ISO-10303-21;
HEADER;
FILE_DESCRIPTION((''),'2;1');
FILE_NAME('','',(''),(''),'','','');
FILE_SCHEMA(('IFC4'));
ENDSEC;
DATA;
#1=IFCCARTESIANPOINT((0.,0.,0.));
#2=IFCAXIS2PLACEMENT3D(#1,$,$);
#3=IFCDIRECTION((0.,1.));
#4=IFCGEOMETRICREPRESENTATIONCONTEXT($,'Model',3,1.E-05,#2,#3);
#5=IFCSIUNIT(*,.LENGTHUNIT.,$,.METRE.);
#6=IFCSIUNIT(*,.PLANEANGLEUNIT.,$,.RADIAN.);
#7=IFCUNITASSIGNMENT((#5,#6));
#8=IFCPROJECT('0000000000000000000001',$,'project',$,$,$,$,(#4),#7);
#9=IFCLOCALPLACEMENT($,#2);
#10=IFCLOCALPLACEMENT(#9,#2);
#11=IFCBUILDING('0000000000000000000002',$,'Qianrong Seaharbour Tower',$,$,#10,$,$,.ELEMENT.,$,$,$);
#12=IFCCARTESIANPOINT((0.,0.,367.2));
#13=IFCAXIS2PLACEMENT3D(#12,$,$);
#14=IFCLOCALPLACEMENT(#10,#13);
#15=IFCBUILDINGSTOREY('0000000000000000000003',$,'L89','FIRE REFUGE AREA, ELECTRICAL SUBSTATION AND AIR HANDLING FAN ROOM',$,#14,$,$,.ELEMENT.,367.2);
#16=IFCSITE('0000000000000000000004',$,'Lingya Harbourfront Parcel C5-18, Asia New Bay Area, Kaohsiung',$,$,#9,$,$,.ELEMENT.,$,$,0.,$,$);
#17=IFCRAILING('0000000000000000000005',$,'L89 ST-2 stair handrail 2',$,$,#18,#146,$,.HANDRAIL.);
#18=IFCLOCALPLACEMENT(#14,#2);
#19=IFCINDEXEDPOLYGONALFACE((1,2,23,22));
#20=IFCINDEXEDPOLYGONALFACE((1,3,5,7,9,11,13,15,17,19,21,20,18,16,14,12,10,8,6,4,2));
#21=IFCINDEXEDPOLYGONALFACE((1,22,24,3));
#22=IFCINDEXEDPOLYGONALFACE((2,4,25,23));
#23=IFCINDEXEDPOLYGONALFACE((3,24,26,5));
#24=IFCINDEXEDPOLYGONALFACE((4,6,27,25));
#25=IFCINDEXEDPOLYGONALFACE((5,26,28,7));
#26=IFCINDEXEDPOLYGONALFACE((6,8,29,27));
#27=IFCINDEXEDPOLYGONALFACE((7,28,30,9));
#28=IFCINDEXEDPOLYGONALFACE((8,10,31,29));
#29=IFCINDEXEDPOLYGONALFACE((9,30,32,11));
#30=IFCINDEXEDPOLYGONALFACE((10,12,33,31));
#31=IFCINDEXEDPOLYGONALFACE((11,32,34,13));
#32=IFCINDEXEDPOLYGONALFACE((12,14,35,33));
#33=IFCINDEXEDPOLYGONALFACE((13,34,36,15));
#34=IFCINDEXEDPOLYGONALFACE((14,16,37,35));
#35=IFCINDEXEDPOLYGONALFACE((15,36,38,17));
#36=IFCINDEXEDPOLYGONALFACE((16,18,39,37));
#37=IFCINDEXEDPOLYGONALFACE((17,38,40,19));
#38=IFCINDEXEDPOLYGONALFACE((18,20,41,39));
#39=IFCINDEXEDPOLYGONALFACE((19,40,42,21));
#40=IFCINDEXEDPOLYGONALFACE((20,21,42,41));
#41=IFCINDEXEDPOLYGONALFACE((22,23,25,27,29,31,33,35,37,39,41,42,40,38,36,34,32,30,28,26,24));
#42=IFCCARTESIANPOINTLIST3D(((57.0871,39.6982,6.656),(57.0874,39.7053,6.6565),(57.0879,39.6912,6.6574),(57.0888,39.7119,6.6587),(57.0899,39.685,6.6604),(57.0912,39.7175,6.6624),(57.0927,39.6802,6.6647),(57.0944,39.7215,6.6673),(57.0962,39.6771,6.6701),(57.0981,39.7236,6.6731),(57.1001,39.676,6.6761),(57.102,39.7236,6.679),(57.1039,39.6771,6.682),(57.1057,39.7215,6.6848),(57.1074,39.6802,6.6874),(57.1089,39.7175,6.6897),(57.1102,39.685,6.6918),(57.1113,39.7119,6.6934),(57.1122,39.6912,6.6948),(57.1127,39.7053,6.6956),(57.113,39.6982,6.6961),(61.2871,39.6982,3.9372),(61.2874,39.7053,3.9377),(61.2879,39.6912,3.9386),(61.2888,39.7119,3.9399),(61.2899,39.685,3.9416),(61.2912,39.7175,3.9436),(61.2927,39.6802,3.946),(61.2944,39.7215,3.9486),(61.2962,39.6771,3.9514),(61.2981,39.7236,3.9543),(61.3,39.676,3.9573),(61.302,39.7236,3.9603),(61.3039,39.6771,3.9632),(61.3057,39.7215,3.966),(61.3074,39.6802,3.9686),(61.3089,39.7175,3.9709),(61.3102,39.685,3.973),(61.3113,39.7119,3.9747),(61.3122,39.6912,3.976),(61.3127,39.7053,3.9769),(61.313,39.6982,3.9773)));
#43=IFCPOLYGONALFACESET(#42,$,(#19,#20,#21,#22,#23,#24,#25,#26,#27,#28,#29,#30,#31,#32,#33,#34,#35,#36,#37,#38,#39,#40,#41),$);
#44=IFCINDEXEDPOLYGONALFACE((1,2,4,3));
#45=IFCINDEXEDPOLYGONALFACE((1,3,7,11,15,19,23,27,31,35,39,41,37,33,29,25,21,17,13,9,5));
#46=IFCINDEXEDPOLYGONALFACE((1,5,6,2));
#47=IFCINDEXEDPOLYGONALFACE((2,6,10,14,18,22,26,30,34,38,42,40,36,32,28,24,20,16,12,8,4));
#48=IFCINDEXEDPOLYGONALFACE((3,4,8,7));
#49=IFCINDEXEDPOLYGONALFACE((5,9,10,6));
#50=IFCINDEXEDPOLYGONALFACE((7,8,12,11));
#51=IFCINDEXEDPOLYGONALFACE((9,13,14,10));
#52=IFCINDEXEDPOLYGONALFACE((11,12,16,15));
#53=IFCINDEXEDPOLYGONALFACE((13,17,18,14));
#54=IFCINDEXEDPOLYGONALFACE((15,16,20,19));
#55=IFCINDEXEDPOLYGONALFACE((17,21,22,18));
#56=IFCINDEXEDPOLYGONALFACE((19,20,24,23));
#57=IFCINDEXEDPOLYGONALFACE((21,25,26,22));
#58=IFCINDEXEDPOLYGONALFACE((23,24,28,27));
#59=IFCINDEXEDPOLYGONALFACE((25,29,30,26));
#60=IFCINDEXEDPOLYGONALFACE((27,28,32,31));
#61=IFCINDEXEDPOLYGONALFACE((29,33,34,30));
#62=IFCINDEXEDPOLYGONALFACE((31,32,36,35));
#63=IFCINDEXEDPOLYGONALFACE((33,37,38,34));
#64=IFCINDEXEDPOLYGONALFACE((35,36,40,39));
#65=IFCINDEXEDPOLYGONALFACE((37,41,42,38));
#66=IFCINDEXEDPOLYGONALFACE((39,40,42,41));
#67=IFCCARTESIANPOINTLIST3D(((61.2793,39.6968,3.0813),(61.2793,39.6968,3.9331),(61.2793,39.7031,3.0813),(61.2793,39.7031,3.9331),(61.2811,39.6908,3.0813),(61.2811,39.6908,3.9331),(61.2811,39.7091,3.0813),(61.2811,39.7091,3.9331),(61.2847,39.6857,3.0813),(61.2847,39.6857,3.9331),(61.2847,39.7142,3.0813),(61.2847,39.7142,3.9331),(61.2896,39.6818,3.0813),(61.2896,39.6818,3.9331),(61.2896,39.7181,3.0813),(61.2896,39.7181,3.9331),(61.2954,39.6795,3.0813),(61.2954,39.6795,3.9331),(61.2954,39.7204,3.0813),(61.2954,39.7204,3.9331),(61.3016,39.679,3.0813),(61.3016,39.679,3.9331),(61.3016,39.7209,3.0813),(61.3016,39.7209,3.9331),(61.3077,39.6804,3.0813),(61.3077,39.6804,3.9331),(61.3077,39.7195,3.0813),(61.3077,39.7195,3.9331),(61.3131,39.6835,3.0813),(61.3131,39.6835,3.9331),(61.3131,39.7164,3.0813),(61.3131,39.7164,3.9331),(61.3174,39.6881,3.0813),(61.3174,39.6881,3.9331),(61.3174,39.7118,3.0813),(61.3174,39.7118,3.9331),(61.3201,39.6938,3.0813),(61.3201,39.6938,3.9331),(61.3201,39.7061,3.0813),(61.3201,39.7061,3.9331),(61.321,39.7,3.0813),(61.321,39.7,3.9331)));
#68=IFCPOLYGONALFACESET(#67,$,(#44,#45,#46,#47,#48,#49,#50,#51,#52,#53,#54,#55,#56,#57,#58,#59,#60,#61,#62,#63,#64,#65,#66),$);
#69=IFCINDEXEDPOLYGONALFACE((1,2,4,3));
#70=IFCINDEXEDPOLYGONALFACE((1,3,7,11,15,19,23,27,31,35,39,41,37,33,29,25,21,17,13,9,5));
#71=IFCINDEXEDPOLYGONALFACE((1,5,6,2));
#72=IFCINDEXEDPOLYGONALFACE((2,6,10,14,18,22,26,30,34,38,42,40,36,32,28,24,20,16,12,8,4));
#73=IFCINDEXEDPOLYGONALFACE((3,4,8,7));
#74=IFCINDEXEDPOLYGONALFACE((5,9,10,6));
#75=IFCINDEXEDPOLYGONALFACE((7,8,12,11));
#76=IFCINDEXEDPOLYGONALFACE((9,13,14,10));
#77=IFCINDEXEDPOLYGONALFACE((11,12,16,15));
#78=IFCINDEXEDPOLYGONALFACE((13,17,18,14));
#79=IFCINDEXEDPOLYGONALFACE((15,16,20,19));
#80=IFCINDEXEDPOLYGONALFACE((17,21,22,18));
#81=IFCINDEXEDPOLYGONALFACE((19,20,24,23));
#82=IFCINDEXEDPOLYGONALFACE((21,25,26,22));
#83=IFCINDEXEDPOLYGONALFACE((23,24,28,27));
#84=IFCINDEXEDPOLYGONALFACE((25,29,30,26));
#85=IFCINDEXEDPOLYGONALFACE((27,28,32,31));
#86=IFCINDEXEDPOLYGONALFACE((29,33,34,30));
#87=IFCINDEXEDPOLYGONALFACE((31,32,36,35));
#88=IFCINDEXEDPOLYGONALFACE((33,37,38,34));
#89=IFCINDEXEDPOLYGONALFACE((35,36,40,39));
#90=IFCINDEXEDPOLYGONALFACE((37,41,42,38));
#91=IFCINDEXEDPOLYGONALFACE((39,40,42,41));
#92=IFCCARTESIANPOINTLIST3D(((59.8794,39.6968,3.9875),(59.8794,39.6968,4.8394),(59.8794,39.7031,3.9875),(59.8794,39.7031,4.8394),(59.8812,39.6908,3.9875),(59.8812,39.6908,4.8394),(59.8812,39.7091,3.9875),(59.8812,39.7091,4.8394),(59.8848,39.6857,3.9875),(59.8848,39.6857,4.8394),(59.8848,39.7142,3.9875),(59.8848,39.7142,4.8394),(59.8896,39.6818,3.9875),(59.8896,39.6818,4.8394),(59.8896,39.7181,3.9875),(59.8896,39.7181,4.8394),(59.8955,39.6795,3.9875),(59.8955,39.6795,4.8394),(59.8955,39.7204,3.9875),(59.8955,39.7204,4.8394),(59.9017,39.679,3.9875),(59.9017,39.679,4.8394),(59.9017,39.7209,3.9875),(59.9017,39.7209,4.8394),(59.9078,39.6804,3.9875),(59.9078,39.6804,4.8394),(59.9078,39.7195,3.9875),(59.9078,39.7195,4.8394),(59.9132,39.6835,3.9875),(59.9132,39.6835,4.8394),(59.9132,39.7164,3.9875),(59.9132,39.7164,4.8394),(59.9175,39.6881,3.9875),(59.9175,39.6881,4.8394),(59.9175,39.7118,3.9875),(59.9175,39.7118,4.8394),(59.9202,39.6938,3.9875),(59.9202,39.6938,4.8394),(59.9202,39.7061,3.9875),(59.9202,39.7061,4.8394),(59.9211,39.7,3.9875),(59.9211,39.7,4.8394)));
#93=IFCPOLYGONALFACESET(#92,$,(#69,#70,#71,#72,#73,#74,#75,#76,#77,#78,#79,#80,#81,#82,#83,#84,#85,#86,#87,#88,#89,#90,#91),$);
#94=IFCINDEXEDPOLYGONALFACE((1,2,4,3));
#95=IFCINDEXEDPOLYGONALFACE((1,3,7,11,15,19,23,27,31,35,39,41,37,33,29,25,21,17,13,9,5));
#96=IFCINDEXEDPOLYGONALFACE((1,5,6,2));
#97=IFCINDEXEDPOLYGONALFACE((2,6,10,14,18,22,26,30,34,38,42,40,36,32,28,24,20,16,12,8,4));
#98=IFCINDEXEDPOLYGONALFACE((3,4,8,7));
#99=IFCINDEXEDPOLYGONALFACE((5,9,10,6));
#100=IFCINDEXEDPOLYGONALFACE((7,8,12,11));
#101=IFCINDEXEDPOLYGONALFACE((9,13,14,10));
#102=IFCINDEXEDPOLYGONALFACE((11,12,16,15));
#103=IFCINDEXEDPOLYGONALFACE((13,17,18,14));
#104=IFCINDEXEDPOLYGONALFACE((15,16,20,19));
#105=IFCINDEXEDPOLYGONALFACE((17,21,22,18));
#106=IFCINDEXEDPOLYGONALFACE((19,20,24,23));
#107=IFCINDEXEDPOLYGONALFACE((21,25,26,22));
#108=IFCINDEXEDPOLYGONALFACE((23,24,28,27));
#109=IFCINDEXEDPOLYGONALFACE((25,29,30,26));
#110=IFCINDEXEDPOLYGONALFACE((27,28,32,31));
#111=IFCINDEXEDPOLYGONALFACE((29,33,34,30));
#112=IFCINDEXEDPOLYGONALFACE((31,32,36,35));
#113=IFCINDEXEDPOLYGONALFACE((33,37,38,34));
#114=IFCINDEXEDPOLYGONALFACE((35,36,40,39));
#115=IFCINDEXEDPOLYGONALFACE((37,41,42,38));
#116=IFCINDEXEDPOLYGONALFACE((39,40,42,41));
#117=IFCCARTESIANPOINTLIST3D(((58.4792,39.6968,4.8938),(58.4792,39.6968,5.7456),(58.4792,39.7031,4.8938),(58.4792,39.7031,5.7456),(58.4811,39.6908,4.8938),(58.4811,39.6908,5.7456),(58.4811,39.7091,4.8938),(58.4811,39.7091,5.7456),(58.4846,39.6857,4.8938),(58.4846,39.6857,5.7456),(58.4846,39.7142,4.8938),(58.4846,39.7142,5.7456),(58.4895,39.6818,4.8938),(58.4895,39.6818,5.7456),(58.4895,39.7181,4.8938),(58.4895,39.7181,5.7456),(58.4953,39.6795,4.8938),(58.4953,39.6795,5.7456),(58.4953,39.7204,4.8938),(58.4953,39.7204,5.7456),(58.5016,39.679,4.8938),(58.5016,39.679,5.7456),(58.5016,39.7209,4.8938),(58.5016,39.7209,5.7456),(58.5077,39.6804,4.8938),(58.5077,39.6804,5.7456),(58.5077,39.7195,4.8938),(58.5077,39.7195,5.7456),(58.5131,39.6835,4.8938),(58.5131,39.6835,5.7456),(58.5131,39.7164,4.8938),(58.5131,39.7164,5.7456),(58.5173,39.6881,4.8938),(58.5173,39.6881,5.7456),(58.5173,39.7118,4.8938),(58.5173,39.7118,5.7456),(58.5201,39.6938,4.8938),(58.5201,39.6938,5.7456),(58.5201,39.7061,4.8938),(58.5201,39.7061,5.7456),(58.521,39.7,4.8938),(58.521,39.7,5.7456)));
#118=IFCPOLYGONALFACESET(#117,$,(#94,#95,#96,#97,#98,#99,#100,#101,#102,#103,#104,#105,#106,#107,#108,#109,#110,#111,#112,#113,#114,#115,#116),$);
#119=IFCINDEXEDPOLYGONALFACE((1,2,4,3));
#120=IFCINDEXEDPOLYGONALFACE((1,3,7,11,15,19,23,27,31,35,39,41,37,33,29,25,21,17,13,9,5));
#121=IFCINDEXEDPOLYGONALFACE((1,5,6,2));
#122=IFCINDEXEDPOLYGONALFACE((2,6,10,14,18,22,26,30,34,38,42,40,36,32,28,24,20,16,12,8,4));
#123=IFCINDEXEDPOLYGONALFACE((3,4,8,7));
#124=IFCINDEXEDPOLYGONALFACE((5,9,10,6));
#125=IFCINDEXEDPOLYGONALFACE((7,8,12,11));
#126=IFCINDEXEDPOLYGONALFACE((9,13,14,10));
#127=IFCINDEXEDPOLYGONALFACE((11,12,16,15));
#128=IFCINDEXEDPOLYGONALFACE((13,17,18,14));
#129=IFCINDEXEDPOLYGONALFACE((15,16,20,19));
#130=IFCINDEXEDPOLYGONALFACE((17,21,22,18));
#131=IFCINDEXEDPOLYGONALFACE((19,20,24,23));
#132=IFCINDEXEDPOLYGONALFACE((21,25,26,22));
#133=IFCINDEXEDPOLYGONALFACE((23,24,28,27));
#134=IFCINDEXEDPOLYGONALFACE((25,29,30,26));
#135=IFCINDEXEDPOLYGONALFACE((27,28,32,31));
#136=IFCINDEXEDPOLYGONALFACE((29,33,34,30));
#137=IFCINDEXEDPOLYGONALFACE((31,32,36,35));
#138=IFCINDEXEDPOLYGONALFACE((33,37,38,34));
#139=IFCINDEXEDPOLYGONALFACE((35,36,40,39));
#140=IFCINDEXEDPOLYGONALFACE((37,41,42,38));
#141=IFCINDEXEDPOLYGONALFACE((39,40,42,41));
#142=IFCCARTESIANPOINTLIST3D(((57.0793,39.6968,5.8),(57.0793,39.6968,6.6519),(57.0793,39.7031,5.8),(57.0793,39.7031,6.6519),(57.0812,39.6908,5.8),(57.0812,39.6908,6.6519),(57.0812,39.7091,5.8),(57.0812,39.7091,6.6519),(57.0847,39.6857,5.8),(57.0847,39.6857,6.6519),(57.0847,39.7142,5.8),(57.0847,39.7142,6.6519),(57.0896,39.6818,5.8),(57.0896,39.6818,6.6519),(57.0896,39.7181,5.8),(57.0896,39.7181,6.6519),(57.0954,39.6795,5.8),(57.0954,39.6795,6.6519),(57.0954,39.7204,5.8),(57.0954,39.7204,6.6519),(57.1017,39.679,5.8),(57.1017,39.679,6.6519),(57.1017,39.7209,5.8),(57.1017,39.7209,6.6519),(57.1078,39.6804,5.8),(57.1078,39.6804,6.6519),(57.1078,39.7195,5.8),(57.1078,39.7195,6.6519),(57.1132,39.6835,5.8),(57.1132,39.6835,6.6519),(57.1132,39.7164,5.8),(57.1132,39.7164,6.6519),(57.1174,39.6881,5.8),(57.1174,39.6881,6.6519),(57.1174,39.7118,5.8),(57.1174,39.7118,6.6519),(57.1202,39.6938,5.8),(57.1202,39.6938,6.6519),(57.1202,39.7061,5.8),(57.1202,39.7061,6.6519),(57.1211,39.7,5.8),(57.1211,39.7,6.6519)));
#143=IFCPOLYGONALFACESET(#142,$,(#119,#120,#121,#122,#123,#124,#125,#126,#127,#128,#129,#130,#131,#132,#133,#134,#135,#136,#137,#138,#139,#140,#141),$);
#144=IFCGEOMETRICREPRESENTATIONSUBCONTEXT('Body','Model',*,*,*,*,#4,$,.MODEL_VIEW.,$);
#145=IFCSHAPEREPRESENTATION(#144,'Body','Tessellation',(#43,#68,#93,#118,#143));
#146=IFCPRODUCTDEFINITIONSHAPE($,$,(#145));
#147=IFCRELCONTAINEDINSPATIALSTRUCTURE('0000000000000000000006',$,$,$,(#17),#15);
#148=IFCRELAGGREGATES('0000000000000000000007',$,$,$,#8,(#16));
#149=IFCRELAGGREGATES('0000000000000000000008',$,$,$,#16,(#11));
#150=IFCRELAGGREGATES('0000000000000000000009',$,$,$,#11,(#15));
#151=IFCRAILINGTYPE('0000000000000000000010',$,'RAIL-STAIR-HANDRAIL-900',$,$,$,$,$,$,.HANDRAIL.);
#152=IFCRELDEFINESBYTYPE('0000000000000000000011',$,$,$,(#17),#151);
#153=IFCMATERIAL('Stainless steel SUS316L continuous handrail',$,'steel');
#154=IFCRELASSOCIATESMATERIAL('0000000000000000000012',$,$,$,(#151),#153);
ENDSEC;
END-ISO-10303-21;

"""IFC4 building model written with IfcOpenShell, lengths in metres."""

from ifc_helpers import new_model, si_unit, direction, frame, origin, origin_2d, place, context, subcontext, project, spatial, circle, extrude, material, type_object, element, save


model = new_model("IFC4")

# Units and contexts
model_context = context("Model", 3, precision=1e-05, world=origin(), true_north=direction((0.0, 1.0)))
body_context = subcontext(model_context, "Body", "Model", "MODEL_VIEW")
ifc_project = project(units=[si_unit("LENGTHUNIT", "METRE"), si_unit("PLANEANGLEUNIT", "RADIAN")], contexts=[model_context])

# Site, building, storey
site_placement = place(None, origin())
site = spatial("IfcSite", under=ifc_project, at=site_placement, Name="Lingya Harbourfront Parcel C5-18, Asia New Bay Area, Kaohsiung", CompositionType="ELEMENT", RefElevation=0.0)
building_placement = place(site_placement, origin())
building = spatial("IfcBuilding", under=site, at=building_placement, Name="Qianrong Seaharbour Tower", CompositionType="ELEMENT")
storey_placement = place(building_placement, frame((0.0, 0.0, 367.2)))
storey = spatial("IfcBuildingStorey", under=building, at=storey_placement, Name="L89", Description="FIRE REFUGE AREA, ELECTRICAL SUBSTATION AND AIR HANDLING FAN ROOM", CompositionType="ELEMENT", Elevation=367.2)

# Railing
ifc_material_1 = material(Name="Stainless steel SUS316L continuous handrail", Category="steel")
railing_type_1 = type_object("IfcRailingType", Name="RAIL-STAIR-HANDRAIL-900", PredefinedType="HANDRAIL", material=ifc_material_1)
railing_1_placement = place(storey_placement, frame((61.3, 39.7, 3.0813)))
element("IfcRailing", 1, at=railing_1_placement, inside=storey, type_object=railing_type_1, Name="L89 ST-2 stair handrail 2", PredefinedType="HANDRAIL", context=body_context, shape_type="SweptSolid", body=[
    extrude(circle(Radius=0.0239, at=origin_2d()), frame((0.0, 0.0, 0.876), z_axis=(-0.839467, 0.0, 0.543411), x_axis=(0.0, -1.0, 0.0)), (0.0, 0.0, 1.0), 5.0032),
    extrude(circle(Radius=0.021, at=origin_2d()), origin(), (0.0, 0.0, 1.0), 0.8518),
    extrude(circle(Radius=0.021, at=origin_2d()), frame((-1.3999, 0.0, 0.9062)), (0.0, 0.0, 1.0), 0.8518),
    extrude(circle(Radius=0.021, at=origin_2d()), frame((-2.8, 0.0, 1.8125)), (0.0, 0.0, 1.0), 0.8518),
    extrude(circle(Radius=0.021, at=origin_2d()), frame((-4.2, 0.0, 2.7188)), (0.0, 0.0, 1.0), 0.8518),
])

save(model, "model.ifc")
